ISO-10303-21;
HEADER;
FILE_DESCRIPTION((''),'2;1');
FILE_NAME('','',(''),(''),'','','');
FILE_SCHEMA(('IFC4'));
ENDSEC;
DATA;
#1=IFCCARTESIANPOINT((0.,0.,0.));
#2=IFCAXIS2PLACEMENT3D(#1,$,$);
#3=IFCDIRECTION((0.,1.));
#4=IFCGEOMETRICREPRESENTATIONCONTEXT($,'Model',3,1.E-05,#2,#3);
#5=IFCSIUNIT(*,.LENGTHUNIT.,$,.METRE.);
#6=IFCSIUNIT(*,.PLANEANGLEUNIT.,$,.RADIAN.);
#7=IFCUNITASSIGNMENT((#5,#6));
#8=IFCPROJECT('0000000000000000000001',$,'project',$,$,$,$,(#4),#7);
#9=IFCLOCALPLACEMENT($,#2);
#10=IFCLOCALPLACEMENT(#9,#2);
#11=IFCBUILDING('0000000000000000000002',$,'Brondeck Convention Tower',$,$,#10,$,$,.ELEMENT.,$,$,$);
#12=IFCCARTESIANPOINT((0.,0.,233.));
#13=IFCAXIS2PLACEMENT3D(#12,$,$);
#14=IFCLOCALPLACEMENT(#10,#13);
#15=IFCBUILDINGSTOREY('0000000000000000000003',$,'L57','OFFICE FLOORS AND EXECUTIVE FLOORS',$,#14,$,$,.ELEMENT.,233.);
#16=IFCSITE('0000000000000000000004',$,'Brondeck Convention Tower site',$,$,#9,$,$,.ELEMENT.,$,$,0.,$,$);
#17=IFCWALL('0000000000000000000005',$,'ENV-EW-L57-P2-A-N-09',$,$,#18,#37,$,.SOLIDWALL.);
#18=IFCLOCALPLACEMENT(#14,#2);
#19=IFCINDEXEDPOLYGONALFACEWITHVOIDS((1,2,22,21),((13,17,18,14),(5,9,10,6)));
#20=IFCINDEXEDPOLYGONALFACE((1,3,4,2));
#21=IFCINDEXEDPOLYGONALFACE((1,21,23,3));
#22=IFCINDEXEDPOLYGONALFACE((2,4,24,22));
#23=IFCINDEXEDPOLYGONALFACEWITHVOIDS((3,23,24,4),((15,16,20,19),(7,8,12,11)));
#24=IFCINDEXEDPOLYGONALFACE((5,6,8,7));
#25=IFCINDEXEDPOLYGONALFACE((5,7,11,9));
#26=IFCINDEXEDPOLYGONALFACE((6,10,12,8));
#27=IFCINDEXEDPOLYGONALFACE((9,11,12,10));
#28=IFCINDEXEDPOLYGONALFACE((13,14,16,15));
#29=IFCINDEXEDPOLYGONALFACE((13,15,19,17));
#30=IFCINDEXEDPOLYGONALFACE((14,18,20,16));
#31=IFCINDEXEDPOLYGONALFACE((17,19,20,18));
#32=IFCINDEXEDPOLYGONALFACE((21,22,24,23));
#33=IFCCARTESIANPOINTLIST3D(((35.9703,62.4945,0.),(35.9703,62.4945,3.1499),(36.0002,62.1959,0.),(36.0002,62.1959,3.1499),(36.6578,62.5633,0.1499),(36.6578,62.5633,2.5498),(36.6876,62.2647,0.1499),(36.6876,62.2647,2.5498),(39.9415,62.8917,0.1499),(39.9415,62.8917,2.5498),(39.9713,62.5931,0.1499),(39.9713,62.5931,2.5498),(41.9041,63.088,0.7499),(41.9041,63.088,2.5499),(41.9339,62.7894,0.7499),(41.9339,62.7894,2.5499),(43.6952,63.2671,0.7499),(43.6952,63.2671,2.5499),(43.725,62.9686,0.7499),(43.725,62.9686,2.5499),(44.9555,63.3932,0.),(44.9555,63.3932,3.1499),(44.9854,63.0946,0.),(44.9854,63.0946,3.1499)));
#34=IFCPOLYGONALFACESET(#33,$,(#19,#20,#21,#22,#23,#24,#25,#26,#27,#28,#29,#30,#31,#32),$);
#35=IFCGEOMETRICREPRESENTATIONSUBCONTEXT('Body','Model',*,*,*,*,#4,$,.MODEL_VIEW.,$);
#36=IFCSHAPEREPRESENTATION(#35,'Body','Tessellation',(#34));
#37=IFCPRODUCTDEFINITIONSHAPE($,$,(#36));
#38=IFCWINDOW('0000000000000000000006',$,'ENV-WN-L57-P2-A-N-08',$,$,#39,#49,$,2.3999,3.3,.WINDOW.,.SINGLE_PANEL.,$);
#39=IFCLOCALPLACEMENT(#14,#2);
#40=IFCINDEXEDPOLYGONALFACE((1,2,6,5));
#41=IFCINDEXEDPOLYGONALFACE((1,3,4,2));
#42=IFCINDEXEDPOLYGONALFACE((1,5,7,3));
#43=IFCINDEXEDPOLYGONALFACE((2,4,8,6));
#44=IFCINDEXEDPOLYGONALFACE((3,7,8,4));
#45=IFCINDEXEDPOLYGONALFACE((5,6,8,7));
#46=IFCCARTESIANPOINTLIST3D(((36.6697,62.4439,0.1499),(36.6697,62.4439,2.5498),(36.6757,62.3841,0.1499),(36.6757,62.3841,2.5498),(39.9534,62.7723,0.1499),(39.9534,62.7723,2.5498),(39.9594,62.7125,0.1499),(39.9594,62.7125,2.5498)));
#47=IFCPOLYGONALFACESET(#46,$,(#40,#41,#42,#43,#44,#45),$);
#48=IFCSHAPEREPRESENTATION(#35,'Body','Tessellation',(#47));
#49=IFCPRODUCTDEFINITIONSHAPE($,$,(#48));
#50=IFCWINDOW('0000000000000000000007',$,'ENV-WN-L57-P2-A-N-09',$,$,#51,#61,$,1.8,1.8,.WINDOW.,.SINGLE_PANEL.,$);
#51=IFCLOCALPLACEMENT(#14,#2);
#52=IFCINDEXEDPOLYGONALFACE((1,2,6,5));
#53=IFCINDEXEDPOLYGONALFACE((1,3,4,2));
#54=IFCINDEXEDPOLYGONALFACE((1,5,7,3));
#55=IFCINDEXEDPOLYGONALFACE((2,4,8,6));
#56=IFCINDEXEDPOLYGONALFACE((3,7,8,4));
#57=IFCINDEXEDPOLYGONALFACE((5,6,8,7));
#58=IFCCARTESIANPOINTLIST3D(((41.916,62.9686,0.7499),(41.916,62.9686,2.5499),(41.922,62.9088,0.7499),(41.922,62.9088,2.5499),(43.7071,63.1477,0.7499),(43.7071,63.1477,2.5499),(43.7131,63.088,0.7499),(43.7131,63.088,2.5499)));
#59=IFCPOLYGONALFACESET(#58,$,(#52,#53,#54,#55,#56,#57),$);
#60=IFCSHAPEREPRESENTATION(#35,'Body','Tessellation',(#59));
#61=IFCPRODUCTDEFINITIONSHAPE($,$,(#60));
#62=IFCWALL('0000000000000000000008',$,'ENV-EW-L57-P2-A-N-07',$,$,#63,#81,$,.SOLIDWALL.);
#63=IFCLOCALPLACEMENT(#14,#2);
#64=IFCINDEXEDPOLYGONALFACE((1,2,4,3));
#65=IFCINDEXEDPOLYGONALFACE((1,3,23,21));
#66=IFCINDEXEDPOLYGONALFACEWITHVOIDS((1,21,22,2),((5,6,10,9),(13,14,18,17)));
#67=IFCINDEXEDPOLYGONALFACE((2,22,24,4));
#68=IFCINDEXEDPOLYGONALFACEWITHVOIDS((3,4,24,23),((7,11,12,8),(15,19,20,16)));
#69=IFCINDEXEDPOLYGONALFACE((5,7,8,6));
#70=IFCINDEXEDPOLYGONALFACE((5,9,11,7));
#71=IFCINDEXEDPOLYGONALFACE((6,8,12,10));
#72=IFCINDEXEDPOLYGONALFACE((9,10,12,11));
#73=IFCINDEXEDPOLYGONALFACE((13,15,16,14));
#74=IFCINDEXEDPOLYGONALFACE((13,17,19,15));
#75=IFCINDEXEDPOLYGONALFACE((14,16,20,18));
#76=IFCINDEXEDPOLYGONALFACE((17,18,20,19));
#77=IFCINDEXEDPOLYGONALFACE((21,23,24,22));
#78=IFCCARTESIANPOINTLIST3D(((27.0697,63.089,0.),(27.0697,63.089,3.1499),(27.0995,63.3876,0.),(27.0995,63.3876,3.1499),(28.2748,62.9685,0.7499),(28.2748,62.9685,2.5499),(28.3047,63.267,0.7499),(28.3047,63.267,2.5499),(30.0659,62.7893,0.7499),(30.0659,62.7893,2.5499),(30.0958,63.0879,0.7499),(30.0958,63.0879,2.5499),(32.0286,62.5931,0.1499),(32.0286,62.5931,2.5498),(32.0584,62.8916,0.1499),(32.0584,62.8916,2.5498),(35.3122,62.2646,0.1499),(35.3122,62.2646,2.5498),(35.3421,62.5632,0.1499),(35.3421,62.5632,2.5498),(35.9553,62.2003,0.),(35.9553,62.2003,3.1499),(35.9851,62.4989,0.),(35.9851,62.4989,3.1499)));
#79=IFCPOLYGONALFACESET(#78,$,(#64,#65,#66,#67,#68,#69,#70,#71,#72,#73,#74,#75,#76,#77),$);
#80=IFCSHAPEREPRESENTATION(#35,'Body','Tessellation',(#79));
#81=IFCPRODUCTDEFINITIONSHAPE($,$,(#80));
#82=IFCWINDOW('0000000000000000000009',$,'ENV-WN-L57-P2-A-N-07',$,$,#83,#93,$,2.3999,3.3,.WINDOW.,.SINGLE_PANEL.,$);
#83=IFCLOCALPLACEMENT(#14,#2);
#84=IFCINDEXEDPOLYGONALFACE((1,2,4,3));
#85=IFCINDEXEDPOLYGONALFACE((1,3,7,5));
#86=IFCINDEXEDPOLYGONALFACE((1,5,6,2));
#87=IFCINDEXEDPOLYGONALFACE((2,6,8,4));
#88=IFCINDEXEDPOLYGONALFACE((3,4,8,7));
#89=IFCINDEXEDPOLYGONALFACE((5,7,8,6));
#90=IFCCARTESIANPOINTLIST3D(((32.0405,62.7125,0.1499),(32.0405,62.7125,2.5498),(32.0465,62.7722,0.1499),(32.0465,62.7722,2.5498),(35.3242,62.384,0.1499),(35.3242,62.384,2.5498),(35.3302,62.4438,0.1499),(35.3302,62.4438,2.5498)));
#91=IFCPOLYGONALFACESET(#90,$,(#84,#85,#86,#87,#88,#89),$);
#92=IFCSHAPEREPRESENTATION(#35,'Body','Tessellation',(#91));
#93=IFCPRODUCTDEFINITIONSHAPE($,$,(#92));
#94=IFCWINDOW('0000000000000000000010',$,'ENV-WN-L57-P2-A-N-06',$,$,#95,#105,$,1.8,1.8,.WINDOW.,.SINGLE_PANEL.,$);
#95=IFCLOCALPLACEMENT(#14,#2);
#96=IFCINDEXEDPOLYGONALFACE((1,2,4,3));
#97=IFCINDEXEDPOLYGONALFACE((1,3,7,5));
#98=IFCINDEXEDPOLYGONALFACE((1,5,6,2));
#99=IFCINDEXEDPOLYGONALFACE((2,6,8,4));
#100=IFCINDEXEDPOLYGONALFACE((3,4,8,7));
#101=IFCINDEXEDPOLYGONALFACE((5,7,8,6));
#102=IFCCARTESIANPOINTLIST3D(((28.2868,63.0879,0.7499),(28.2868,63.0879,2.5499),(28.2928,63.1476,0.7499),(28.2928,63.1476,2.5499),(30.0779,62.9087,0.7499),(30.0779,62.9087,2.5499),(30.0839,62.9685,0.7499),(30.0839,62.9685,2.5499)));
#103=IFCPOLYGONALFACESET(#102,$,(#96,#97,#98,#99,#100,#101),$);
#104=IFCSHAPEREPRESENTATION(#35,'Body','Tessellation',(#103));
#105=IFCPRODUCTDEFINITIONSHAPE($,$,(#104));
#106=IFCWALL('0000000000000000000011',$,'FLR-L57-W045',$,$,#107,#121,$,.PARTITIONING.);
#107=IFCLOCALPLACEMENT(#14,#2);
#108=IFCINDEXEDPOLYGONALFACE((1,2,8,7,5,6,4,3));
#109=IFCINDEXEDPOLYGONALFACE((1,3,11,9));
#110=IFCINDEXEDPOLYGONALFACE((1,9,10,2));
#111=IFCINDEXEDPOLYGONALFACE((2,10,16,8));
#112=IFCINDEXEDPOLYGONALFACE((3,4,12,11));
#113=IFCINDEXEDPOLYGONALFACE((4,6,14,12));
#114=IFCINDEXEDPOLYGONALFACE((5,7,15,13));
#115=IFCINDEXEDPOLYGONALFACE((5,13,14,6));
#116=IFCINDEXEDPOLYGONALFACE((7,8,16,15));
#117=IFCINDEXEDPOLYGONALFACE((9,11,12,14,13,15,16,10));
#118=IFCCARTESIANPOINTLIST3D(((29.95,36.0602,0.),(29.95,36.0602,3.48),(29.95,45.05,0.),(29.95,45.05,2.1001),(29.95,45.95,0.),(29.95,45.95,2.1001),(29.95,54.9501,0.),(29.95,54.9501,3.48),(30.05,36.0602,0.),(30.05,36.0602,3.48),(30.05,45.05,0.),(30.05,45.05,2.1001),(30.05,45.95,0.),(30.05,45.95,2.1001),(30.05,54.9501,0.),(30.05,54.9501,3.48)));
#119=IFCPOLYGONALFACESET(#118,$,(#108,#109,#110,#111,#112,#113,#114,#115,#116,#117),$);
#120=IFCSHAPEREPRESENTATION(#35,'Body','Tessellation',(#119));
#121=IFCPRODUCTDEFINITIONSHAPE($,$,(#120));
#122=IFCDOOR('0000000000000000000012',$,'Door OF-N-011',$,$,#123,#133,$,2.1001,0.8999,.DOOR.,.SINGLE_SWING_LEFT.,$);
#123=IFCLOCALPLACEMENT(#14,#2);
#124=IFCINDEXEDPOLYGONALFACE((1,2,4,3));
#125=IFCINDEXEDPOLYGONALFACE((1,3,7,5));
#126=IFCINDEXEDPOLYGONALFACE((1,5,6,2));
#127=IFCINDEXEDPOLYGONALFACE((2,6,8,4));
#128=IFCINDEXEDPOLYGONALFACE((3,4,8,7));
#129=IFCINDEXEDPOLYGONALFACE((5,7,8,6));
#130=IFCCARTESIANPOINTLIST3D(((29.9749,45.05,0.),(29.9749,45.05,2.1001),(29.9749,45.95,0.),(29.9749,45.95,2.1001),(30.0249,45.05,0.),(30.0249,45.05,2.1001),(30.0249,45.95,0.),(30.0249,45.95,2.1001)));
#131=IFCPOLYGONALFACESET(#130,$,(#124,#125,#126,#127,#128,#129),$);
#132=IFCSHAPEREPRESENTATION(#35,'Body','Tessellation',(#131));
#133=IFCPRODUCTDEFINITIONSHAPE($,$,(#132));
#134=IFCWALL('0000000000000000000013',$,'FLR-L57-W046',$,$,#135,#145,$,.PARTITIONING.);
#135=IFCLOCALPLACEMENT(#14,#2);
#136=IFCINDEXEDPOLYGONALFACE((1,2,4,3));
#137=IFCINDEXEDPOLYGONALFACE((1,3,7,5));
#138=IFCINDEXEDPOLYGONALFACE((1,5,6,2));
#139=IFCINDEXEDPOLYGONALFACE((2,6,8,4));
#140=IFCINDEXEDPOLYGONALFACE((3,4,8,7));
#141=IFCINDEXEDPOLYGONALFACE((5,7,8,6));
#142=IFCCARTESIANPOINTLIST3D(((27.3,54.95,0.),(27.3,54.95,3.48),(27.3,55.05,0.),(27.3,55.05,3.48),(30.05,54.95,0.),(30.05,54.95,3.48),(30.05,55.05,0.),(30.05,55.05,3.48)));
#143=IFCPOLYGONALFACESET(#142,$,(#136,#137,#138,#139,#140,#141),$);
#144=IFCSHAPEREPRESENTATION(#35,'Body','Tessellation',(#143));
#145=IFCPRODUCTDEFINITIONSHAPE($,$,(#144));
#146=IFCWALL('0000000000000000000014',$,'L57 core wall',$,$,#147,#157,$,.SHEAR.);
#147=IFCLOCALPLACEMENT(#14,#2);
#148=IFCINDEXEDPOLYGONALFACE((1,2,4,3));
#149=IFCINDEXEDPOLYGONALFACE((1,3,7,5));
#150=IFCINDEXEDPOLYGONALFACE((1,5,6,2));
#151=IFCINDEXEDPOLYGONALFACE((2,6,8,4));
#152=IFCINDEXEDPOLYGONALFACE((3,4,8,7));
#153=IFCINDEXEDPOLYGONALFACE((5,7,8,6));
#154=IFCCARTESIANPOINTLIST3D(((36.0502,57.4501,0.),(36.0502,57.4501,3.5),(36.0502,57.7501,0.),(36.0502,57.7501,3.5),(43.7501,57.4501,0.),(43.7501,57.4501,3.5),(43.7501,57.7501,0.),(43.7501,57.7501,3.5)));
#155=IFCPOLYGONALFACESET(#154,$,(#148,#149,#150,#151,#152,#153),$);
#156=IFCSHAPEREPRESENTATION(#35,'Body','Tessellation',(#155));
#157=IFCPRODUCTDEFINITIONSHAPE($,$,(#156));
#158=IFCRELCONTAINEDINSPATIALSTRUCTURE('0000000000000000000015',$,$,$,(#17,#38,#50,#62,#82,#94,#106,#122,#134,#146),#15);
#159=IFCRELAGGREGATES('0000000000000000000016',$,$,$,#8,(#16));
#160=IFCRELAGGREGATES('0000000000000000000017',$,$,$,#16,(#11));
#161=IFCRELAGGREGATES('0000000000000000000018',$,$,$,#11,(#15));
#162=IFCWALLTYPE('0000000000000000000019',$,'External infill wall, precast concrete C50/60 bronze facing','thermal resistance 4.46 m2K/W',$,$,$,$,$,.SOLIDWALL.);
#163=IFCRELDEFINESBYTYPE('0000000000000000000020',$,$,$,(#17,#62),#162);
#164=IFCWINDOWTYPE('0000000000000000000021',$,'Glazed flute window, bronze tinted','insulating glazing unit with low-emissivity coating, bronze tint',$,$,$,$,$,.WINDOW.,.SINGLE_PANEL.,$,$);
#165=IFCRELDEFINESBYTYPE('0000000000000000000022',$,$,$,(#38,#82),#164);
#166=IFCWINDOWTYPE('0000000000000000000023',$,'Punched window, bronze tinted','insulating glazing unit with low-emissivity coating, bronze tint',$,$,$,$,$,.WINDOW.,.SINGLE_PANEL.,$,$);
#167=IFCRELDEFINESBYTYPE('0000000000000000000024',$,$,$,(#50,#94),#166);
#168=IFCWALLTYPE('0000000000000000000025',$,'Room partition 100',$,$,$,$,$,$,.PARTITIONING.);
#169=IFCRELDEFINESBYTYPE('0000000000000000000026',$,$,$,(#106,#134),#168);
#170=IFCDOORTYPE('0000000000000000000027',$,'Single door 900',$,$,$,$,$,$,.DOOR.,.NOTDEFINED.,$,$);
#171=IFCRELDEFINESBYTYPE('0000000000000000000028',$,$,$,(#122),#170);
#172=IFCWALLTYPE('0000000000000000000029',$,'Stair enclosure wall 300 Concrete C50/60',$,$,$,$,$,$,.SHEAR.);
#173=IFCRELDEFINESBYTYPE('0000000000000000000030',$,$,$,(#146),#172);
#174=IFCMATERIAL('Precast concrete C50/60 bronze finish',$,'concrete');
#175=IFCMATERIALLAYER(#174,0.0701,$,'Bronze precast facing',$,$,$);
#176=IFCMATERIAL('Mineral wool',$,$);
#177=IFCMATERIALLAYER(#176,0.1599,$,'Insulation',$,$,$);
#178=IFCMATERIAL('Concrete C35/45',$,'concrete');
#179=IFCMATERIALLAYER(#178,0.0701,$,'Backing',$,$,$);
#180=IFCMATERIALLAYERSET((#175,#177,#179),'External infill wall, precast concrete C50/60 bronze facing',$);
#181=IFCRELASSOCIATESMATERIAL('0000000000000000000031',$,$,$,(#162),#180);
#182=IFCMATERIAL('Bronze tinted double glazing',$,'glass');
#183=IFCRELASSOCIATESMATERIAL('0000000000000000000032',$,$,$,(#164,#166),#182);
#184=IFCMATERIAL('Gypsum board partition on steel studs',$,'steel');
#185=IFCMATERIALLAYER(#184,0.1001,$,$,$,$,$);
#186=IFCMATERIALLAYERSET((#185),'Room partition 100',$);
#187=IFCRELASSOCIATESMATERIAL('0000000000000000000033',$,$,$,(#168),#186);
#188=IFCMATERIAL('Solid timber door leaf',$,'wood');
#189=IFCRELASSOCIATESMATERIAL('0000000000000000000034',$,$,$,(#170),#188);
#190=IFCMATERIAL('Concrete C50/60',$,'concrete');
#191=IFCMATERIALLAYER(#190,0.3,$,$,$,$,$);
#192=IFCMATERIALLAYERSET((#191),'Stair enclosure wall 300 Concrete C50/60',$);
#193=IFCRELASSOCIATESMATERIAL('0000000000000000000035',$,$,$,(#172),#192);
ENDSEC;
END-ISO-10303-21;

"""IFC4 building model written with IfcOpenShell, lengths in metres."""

from ifc_helpers import new_model, si_unit, direction, frame, frame_2d, origin, place, context, subcontext, project, spatial, rectangle, extrude, material, layer, layer_set, type_object, element, fill, save


model = new_model("IFC4")

# Units and contexts
model_context = context("Model", 3, precision=1e-05, world=origin(), true_north=direction((0.0, 1.0)))
body_context = subcontext(model_context, "Body", "Model", "MODEL_VIEW")
ifc_project = project(units=[si_unit("LENGTHUNIT", "METRE"), si_unit("PLANEANGLEUNIT", "RADIAN")], contexts=[model_context])

# Site, building, storey
site_placement = place(None, origin())
site = spatial("IfcSite", under=ifc_project, at=site_placement, Name="Brondeck Convention Tower site", CompositionType="ELEMENT", RefElevation=0.0)
building_placement = place(site_placement, origin())
building = spatial("IfcBuilding", under=site, at=building_placement, Name="Brondeck Convention Tower", CompositionType="ELEMENT")
storey_placement = place(building_placement, frame((0.0, 0.0, 233.0)))
storey = spatial("IfcBuildingStorey", under=building, at=storey_placement, Name="L57", Description="OFFICE FLOORS AND EXECUTIVE FLOORS", CompositionType="ELEMENT", Elevation=233.0)

# Shared definitions
ifc_material_1 = material(Name="Concrete C50/60", Category="concrete")

# Walls, openings, windows
ifc_material_2 = material(Name="Precast concrete C50/60 bronze finish", Category="concrete")
ifc_layer_1 = layer(ifc_material_2, 0.0701, Name="Bronze precast facing")
ifc_material_3 = material(Name="Mineral wool")
ifc_layer_2 = layer(ifc_material_3, 0.1599, Name="Insulation")
ifc_material_4 = material(Name="Concrete C35/45", Category="concrete")
ifc_layer_3 = layer(ifc_material_4, 0.0701, Name="Backing")
ifc_layer_set_1 = layer_set([ifc_layer_1, ifc_layer_2, ifc_layer_3], Name="External infill wall, precast concrete C50/60 bronze facing")
wall_type_1 = type_object("IfcWallType", Name="External infill wall, precast concrete C50/60 bronze facing", Description="thermal resistance 4.46 m2K/W", PredefinedType="SOLIDWALL", material=ifc_layer_set_1)
wall_1_placement = place(storey_placement, frame((35.9851, 62.3452, 0.0), z_axis=(0.0, 0.0, 1.0), x_axis=(0.995035, 0.099522, 0.0)))
wall_1 = element("IfcWall", 1, at=wall_1_placement, inside=storey, type_object=wall_type_1, Name="ENV-EW-L57-P2-A-N-09", PredefinedType="SOLIDWALL", context=body_context, shape_type="SweptSolid", body=[
    extrude(rectangle(XDim=9.03, YDim=0.3, at=frame_2d((4.5151, 0.0))), origin(), (0.0, 0.0, 1.0), 3.1499),
])
opening_1_placement = place(wall_1_placement, frame((0.6912, 0.0, 0.1499)))
opening_1 = element("IfcOpeningElement", 2, at=opening_1_placement, cuts=wall_1, PredefinedType="OPENING", context=body_context, shape_type="SweptSolid", body=[
    extrude(rectangle(XDim=3.3, YDim=2.3999, at=frame_2d((1.6499, 1.2))), frame((0.0, 0.1599, 0.0), z_axis=(0.0, -1.0, 0.0), x_axis=(1.0, 0.0, 0.0)), (0.0, 0.0, 1.0), 0.3201),
])
opening_2_placement = place(wall_1_placement, frame((5.9636, 0.0, 0.75)))
opening_2 = element("IfcOpeningElement", 3, at=opening_2_placement, cuts=wall_1, PredefinedType="OPENING", context=body_context, shape_type="SweptSolid", body=[
    extrude(rectangle(XDim=1.8, YDim=1.8, at=frame_2d((0.8999, 0.8999))), frame((0.0, 0.1599, 0.0), z_axis=(0.0, -1.0, 0.0), x_axis=(1.0, 0.0, 0.0)), (0.0, 0.0, 1.0), 0.3201),
])
ifc_material_5 = material(Name="Bronze tinted double glazing", Category="glass")
window_type_1 = type_object("IfcWindowType", Name="Glazed flute window, bronze tinted", Description="insulating glazing unit with low-emissivity coating, bronze tint", PartitioningType="SINGLE_PANEL", PredefinedType="WINDOW", material=ifc_material_5)
window_1_placement = place(opening_1_placement, origin())
window_1 = element("IfcWindow", 4, at=window_1_placement, inside=storey, type_object=window_type_1, Name="ENV-WN-L57-P2-A-N-08", OverallHeight=2.3999, OverallWidth=3.3, PartitioningType="SINGLE_PANEL", PredefinedType="WINDOW", context=body_context, shape_type="SweptSolid", body=[
    extrude(rectangle(XDim=3.3, YDim=2.3999, at=frame_2d((1.6499, 1.2))), frame((0.0, 0.03, 0.0), z_axis=(0.0, -1.0, 0.0), x_axis=(1.0, 0.0, 0.0)), (0.0, 0.0, 1.0), 0.0601),
])
fill(opening_1, window_1)
window_type_2 = type_object("IfcWindowType", Name="Punched window, bronze tinted", Description="insulating glazing unit with low-emissivity coating, bronze tint", PartitioningType="SINGLE_PANEL", PredefinedType="WINDOW", material=ifc_material_5)
window_2_placement = place(opening_2_placement, origin())
window_2 = element("IfcWindow", 5, at=window_2_placement, inside=storey, type_object=window_type_2, Name="ENV-WN-L57-P2-A-N-09", OverallHeight=1.8, OverallWidth=1.8, PartitioningType="SINGLE_PANEL", PredefinedType="WINDOW", context=body_context, shape_type="SweptSolid", body=[
    extrude(rectangle(XDim=1.8, YDim=1.8, at=frame_2d((0.8999, 0.8999))), frame((0.0, 0.03, 0.0), z_axis=(0.0, -1.0, 0.0), x_axis=(1.0, 0.0, 0.0)), (0.0, 0.0, 1.0), 0.0601),
])
fill(opening_2, window_2)
wall_2_placement = place(storey_placement, frame((27.0847, 63.2383, 0.0), z_axis=(0.0, 0.0, 1.0), x_axis=(0.995036, -0.099517, 0.0)))
wall_2 = element("IfcWall", 6, at=wall_2_placement, inside=storey, type_object=wall_type_1, Name="ENV-EW-L57-P2-A-N-07", PredefinedType="SOLIDWALL", context=body_context, shape_type="SweptSolid", body=[
    extrude(rectangle(XDim=8.9299, YDim=0.3, at=frame_2d((4.4648, 0.0))), origin(), (0.0, 0.0, 1.0), 3.1499),
])
opening_3_placement = place(wall_2_placement, frame((1.2112, 0.0, 0.75)))
opening_3 = element("IfcOpeningElement", 7, at=opening_3_placement, cuts=wall_2, PredefinedType="OPENING", context=body_context, shape_type="SweptSolid", body=[
    extrude(rectangle(XDim=1.8, YDim=1.8, at=frame_2d((0.8999, 0.8999))), frame((0.0, 0.1599, 0.0), z_axis=(0.0, -1.0, 0.0), x_axis=(1.0, 0.0, 0.0)), (0.0, 0.0, 1.0), 0.3201),
])
opening_4_placement = place(wall_2_placement, frame((4.9836, 0.0, 0.1499)))
opening_4 = element("IfcOpeningElement", 8, at=opening_4_placement, cuts=wall_2, PredefinedType="OPENING", context=body_context, shape_type="SweptSolid", body=[
    extrude(rectangle(XDim=3.3, YDim=2.3999, at=frame_2d((1.6499, 1.2))), frame((0.0, 0.1599, 0.0), z_axis=(0.0, -1.0, 0.0), x_axis=(1.0, 0.0, 0.0)), (0.0, 0.0, 1.0), 0.3201),
])
window_3_placement = place(opening_4_placement, origin())
window_3 = element("IfcWindow", 9, at=window_3_placement, inside=storey, type_object=window_type_1, Name="ENV-WN-L57-P2-A-N-07", OverallHeight=2.3999, OverallWidth=3.3, PartitioningType="SINGLE_PANEL", PredefinedType="WINDOW", context=body_context, shape_type="SweptSolid", body=[
    extrude(rectangle(XDim=3.3, YDim=2.3999, at=frame_2d((1.6499, 1.2))), frame((0.0, 0.03, 0.0), z_axis=(0.0, -1.0, 0.0), x_axis=(1.0, 0.0, 0.0)), (0.0, 0.0, 1.0), 0.0601),
])
fill(opening_4, window_3)
window_4_placement = place(opening_3_placement, origin())
window_4 = element("IfcWindow", 10, at=window_4_placement, inside=storey, type_object=window_type_2, Name="ENV-WN-L57-P2-A-N-06", OverallHeight=1.8, OverallWidth=1.8, PartitioningType="SINGLE_PANEL", PredefinedType="WINDOW", context=body_context, shape_type="SweptSolid", body=[
    extrude(rectangle(XDim=1.8, YDim=1.8, at=frame_2d((0.8999, 0.8999))), frame((0.0, 0.03, 0.0), z_axis=(0.0, -1.0, 0.0), x_axis=(1.0, 0.0, 0.0)), (0.0, 0.0, 1.0), 0.0601),
])
fill(opening_3, window_4)

# Wall, opening, door
ifc_material_6 = material(Name="Gypsum board partition on steel studs", Category="steel")
ifc_layer_4 = layer(ifc_material_6, 0.1001)
ifc_layer_set_2 = layer_set([ifc_layer_4], Name="Room partition 100")
wall_type_2 = type_object("IfcWallType", Name="Room partition 100", PredefinedType="PARTITIONING", material=ifc_layer_set_2)
wall_3_placement = place(storey_placement, frame((30.0, 54.95, 0.0), z_axis=(0.0, 0.0, 1.0), x_axis=(0.0, -1.0, 0.0)))
wall_3 = element("IfcWall", 11, at=wall_3_placement, inside=storey, type_object=wall_type_2, Name="FLR-L57-W045", PredefinedType="PARTITIONING", context=body_context, shape_type="SweptSolid", body=[
    extrude(rectangle(XDim=18.8899, YDim=0.1001, at=frame_2d((9.4448, 0.0))), origin(), (0.0, 0.0, 1.0), 3.48),
])
opening_5_placement = place(wall_3_placement, frame((9.0, 0.0, 0.0)))
opening_5 = element("IfcOpeningElement", 12, at=opening_5_placement, cuts=wall_3, PredefinedType="OPENING", context=body_context, shape_type="SweptSolid", body=[
    extrude(rectangle(XDim=0.8999, YDim=2.1001, at=frame_2d((0.45, 1.05))), frame((0.0, 0.0601, 0.0), z_axis=(0.0, -1.0, 0.0), x_axis=(1.0, 0.0, 0.0)), (0.0, 0.0, 1.0), 0.1201),
])
ifc_material_7 = material(Name="Solid timber door leaf", Category="wood")
door_type = type_object("IfcDoorType", Name="Single door 900", OperationType="NOTDEFINED", PredefinedType="DOOR", material=ifc_material_7)
door_placement = place(opening_5_placement, origin())
door = element("IfcDoor", 13, at=door_placement, inside=storey, type_object=door_type, Name="Door OF-N-011", OperationType="SINGLE_SWING_LEFT", OverallHeight=2.1001, OverallWidth=0.8999, PredefinedType="DOOR", context=body_context, shape_type="SweptSolid", body=[
    extrude(rectangle(XDim=0.8999, YDim=2.1001, at=frame_2d((0.45, 1.05))), frame((0.0, 0.0249, 0.0), z_axis=(0.0, -1.0, 0.0), x_axis=(1.0, 0.0, 0.0)), (0.0, 0.0, 1.0), 0.05),
])
fill(opening_5, door)

# Walls
wall_4_placement = place(storey_placement, frame((27.3, 55.0, 0.0), z_axis=(0.0, 0.0, 1.0), x_axis=(1.0, 0.0, 0.0)))
element("IfcWall", 14, at=wall_4_placement, inside=storey, type_object=wall_type_2, Name="FLR-L57-W046", PredefinedType="PARTITIONING", context=body_context, shape_type="SweptSolid", body=[
    extrude(rectangle(XDim=2.75, YDim=0.1001, at=frame_2d((1.375, 0.0))), origin(), (0.0, 0.0, 1.0), 3.48),
])
ifc_layer_5 = layer(ifc_material_1, 0.3)
ifc_layer_set_3 = layer_set([ifc_layer_5], Name="Stair enclosure wall 300 Concrete C50/60")
wall_type_3 = type_object("IfcWallType", Name="Stair enclosure wall 300 Concrete C50/60", PredefinedType="SHEAR", material=ifc_layer_set_3)
wall_5_placement = place(storey_placement, frame((36.05, 57.6001, 0.0), z_axis=(0.0, 0.0, 1.0), x_axis=(1.0, 0.0, 0.0)))
element("IfcWall", 15, at=wall_5_placement, inside=storey, type_object=wall_type_3, Name="L57 core wall", PredefinedType="SHEAR", context=body_context, shape_type="SweptSolid", body=[
    extrude(rectangle(XDim=7.7, YDim=0.3, at=frame_2d((3.8501, 0.0))), origin(), (0.0, 0.0, 1.0), 3.5),
])

save(model, "model.ifc")
